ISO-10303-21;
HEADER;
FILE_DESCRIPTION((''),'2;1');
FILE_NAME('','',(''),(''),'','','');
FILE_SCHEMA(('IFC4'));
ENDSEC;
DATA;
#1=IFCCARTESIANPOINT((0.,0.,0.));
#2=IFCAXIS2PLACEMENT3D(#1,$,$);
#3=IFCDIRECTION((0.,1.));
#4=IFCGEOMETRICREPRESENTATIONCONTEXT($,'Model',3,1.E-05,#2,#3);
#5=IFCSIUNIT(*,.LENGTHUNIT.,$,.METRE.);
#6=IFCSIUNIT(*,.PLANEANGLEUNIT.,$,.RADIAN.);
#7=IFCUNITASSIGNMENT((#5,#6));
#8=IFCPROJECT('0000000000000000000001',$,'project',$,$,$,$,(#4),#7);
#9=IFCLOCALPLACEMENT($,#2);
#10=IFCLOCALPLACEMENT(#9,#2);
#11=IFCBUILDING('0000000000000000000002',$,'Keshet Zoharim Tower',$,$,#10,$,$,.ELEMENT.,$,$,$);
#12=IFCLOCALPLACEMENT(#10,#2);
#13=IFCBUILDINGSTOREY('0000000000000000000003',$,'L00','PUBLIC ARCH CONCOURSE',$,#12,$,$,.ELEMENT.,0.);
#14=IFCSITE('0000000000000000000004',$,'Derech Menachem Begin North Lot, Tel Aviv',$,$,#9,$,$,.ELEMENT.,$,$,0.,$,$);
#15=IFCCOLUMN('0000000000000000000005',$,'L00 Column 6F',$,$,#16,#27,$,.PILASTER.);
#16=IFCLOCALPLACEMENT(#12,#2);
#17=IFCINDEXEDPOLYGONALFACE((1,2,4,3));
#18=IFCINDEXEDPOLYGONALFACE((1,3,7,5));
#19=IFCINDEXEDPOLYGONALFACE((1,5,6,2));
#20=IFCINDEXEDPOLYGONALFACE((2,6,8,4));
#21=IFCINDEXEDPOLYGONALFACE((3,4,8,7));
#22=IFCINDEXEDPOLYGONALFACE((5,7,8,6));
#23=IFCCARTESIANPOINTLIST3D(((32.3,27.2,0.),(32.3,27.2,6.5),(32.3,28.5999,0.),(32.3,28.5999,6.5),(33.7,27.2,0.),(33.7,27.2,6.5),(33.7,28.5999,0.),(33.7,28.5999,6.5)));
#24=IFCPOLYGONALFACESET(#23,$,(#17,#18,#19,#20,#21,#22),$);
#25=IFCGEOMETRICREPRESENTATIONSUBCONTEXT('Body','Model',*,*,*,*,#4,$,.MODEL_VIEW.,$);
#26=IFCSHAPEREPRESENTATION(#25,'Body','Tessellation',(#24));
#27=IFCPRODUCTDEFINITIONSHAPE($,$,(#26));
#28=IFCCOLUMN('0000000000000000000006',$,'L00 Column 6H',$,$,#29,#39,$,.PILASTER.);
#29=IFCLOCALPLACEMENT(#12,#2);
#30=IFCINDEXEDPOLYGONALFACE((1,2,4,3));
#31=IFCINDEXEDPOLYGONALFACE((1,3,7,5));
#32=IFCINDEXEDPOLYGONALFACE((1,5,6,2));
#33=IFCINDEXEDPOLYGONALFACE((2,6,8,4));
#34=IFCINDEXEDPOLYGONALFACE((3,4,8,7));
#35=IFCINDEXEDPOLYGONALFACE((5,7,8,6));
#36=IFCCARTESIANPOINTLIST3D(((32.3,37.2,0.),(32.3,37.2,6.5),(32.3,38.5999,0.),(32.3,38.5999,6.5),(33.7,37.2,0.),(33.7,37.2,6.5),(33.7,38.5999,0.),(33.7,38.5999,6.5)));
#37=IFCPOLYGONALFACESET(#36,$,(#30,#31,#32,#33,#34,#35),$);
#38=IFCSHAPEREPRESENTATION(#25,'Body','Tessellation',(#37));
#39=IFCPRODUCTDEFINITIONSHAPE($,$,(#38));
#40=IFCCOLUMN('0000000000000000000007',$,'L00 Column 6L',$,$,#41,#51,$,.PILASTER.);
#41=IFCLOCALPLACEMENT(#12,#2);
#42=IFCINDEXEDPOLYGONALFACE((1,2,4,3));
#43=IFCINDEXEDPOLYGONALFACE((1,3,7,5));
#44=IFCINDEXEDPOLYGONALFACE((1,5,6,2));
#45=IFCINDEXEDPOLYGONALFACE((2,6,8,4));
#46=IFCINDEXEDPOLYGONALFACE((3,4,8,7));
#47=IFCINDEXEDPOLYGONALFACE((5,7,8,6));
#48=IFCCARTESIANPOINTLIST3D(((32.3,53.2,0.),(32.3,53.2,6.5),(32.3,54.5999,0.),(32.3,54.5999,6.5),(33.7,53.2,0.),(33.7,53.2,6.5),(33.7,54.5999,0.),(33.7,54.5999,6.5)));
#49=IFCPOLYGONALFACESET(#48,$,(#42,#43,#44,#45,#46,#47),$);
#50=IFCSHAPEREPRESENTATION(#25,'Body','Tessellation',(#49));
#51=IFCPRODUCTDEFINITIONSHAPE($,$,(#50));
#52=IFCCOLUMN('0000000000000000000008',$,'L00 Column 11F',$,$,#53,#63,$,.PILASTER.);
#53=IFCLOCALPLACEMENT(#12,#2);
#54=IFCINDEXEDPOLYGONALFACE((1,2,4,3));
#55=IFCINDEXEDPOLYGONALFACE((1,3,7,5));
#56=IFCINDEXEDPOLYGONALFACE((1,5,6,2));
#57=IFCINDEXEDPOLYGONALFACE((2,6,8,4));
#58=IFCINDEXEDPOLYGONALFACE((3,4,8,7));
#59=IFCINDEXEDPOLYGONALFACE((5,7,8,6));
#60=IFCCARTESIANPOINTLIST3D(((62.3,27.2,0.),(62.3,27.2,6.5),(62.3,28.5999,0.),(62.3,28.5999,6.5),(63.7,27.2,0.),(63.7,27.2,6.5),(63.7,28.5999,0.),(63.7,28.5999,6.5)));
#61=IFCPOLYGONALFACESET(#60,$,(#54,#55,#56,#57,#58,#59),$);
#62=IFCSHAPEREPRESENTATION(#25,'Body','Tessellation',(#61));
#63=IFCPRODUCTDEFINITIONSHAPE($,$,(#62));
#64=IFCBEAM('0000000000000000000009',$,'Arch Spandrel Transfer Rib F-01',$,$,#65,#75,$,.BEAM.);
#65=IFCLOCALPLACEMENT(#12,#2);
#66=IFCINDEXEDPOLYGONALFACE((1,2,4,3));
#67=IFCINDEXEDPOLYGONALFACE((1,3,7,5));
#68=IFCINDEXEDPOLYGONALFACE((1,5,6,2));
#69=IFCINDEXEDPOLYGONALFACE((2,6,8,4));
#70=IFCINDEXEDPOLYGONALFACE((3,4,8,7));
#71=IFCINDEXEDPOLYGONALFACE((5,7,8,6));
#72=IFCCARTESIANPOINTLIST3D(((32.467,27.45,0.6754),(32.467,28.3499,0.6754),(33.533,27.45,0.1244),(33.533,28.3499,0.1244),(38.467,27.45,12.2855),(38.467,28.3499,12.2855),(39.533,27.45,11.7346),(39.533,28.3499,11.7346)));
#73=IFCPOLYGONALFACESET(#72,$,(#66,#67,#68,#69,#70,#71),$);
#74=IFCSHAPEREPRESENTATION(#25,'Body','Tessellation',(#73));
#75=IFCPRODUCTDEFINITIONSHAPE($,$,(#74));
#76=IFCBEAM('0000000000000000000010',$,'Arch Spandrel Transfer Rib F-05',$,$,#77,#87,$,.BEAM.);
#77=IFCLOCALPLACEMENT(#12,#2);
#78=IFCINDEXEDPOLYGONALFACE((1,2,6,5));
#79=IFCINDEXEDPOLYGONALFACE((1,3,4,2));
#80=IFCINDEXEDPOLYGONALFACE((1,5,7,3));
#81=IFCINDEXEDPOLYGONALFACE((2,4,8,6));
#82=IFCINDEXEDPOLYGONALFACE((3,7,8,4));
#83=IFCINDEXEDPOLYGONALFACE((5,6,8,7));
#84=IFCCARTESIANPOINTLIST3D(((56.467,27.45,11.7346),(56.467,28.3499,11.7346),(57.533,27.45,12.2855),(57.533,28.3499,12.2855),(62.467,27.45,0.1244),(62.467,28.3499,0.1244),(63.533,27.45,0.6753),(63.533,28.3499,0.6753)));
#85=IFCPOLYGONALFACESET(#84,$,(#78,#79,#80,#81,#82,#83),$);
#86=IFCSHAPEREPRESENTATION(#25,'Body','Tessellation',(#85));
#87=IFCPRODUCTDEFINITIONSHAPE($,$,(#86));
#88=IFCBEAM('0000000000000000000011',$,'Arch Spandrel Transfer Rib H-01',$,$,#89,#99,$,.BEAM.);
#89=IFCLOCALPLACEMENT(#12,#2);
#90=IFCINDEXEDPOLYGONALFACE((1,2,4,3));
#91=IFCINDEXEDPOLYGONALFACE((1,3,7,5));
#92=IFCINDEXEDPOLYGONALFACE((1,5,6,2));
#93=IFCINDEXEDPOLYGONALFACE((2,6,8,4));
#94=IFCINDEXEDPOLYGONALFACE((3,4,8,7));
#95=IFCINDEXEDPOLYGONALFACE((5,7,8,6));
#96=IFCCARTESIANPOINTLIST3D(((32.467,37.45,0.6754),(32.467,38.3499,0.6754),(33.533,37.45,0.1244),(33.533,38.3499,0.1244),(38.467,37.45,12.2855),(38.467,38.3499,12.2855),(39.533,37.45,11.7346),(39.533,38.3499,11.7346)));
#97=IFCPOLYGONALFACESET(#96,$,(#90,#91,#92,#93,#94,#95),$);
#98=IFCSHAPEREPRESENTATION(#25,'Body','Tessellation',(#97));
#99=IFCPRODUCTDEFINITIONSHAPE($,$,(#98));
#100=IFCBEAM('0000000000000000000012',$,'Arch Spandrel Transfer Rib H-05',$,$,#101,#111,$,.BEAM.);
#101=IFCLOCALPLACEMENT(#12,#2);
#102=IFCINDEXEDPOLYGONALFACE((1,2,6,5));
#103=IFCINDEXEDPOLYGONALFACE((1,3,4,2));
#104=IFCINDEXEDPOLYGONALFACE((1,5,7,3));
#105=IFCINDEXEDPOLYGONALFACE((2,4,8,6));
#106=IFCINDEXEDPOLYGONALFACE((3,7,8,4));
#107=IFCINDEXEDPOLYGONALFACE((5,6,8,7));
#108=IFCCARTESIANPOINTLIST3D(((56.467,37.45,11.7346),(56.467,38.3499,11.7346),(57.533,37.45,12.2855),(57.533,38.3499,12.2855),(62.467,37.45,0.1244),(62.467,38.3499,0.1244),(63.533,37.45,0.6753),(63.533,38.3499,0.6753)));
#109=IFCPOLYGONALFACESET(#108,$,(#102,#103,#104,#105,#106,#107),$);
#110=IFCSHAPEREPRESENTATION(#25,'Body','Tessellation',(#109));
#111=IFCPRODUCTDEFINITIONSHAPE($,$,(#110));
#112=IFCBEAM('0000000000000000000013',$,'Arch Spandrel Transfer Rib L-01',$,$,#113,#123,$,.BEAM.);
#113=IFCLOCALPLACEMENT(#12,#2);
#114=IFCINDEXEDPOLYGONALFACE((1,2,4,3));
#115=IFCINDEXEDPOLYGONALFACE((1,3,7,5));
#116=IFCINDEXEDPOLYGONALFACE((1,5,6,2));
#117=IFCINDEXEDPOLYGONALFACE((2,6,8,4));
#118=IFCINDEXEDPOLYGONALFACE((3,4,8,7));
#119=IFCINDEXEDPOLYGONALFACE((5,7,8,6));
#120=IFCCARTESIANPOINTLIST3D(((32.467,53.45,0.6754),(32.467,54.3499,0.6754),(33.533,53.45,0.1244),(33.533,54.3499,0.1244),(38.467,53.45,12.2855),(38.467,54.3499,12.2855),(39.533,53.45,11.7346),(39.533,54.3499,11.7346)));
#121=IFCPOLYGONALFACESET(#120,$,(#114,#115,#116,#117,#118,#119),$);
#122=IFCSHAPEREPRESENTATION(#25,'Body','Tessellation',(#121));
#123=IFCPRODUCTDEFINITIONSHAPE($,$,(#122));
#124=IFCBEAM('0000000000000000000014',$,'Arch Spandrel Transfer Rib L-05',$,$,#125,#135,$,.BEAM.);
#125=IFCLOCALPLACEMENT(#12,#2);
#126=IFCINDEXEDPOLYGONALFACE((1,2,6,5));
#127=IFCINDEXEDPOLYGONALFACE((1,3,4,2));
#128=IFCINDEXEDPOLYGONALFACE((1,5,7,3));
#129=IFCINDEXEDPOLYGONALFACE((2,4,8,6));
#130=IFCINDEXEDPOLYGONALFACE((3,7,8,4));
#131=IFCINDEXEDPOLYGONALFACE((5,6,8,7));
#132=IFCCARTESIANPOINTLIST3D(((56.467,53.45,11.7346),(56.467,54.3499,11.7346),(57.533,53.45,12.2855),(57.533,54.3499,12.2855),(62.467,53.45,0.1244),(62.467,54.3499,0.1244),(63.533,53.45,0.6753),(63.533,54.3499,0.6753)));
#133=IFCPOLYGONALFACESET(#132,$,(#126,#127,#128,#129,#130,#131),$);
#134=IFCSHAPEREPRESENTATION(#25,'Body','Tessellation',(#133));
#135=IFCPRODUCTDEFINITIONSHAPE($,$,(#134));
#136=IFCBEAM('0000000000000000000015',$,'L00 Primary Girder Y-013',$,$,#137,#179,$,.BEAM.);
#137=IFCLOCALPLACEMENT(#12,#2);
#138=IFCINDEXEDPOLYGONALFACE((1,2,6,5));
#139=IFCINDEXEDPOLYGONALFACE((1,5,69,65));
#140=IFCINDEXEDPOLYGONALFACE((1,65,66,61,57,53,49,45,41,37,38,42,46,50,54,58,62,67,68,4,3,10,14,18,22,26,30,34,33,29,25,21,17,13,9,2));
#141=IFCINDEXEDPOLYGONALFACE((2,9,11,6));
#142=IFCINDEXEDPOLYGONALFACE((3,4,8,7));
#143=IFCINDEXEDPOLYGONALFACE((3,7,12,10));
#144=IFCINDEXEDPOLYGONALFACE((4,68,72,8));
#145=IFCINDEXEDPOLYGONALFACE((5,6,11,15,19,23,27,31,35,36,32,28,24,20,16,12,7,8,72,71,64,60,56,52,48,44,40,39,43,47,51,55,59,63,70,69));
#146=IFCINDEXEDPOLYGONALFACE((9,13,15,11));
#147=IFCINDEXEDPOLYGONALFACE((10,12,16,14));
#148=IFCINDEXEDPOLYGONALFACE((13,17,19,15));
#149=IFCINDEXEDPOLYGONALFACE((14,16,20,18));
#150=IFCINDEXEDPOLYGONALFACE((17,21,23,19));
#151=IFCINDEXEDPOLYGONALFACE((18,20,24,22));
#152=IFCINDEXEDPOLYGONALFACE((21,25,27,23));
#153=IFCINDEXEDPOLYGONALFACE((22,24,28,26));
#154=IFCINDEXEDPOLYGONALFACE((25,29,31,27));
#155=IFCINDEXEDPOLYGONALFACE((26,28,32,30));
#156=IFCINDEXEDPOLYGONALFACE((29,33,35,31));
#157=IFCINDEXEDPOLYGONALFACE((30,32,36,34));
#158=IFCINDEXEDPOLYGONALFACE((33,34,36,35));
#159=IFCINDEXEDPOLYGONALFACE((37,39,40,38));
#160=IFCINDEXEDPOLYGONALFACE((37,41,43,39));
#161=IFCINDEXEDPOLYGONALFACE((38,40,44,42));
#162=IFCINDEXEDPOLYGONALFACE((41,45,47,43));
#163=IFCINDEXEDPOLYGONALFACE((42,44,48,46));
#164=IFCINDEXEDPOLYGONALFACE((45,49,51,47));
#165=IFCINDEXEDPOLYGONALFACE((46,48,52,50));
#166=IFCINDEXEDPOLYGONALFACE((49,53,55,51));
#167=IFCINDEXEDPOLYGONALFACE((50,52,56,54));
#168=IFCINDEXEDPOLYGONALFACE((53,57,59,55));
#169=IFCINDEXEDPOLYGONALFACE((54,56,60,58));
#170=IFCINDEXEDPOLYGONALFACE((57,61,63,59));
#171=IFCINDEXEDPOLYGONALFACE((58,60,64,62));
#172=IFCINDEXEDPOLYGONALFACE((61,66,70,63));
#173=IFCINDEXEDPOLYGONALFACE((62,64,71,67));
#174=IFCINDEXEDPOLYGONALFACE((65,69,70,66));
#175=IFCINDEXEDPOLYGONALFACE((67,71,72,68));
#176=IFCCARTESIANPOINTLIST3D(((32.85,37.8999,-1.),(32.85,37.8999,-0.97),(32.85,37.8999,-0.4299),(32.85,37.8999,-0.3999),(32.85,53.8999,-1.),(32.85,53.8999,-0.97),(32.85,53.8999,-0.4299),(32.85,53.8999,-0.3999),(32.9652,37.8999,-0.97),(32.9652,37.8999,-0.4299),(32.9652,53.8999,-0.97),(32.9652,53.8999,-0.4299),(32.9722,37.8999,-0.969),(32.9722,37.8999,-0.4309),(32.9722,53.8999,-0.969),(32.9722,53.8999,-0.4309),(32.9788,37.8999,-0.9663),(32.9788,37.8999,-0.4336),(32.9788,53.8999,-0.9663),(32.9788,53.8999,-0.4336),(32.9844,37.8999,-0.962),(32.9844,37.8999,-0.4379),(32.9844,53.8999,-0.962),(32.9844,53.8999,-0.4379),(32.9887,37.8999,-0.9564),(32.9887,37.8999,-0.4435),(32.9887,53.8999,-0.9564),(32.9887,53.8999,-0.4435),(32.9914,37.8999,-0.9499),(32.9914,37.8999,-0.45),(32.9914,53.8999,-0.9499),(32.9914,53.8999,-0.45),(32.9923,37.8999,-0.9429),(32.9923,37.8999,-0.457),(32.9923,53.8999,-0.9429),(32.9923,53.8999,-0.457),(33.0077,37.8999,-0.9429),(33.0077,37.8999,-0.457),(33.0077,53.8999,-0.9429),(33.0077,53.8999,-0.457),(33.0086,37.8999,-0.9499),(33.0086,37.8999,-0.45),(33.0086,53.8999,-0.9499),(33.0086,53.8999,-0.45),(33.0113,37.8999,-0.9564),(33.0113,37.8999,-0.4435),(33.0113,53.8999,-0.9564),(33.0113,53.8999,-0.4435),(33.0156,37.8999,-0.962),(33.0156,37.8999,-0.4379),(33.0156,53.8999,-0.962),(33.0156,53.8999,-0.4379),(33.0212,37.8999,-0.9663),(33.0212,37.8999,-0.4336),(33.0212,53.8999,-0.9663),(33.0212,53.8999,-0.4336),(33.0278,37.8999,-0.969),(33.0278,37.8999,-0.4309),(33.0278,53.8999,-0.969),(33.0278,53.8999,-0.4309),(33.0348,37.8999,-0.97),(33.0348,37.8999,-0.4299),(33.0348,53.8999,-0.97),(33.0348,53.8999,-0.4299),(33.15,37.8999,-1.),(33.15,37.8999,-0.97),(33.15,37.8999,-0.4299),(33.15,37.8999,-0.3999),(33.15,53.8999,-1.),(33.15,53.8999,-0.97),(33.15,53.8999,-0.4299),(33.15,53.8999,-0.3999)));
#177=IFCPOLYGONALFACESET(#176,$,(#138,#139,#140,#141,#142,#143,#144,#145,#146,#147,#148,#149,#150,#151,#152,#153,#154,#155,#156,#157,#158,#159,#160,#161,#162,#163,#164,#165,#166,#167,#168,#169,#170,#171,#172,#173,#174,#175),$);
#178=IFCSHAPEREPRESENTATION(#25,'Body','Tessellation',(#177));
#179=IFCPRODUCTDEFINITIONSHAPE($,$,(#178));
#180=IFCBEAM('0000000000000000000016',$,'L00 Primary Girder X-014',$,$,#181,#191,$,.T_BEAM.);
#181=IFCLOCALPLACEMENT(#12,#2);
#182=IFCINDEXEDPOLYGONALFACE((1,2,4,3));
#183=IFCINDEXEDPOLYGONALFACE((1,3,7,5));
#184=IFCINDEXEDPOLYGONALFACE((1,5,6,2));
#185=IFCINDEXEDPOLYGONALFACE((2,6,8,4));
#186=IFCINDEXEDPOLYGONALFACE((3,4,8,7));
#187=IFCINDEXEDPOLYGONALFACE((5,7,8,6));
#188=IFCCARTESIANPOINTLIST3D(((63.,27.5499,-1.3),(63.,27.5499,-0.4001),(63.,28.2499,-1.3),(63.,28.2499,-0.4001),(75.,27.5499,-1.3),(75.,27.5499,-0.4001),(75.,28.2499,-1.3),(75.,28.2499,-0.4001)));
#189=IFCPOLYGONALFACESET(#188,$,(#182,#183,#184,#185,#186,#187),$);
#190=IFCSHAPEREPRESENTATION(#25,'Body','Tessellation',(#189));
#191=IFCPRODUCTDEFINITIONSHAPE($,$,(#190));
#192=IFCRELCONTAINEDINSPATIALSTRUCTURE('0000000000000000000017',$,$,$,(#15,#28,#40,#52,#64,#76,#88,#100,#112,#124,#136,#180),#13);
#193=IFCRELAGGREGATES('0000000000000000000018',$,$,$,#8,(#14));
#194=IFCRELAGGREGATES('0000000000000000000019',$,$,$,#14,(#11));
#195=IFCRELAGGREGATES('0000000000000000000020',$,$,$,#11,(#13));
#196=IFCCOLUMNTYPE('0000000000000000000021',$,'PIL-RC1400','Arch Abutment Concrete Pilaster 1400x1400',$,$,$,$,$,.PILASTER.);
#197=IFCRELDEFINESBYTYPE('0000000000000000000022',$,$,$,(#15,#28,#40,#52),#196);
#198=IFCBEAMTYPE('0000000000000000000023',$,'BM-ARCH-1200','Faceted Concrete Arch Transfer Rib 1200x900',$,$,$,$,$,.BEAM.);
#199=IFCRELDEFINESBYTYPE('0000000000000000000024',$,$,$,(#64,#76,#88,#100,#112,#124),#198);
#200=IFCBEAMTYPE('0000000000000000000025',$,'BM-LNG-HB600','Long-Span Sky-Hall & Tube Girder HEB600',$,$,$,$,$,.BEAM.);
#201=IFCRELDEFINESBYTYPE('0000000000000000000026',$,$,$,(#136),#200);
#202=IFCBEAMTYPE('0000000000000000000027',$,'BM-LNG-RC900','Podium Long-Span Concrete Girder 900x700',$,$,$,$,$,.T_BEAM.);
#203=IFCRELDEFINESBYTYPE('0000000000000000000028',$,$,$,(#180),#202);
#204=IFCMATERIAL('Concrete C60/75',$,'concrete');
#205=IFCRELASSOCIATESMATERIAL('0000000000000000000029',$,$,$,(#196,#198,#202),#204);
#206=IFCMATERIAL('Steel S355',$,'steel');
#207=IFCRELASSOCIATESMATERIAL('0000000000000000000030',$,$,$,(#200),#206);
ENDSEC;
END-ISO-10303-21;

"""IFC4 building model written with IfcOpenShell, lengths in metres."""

from ifc_helpers import new_model, si_unit, direction, frame, origin, origin_2d, place, context, subcontext, project, spatial, rectangle, i_section, extrude, material, material_profile, profile_set, type_object, element, save


model = new_model("IFC4")

# Units and contexts
model_context = context("Model", 3, precision=1e-05, world=origin(), true_north=direction((0.0, 1.0)))
body_context = subcontext(model_context, "Body", "Model", "MODEL_VIEW")
ifc_project = project(units=[si_unit("LENGTHUNIT", "METRE"), si_unit("PLANEANGLEUNIT", "RADIAN")], contexts=[model_context])

# Site, building, storey
site_placement = place(None, origin())
site = spatial("IfcSite", under=ifc_project, at=site_placement, Name="Derech Menachem Begin North Lot, Tel Aviv", CompositionType="ELEMENT", RefElevation=0.0)
building_placement = place(site_placement, origin())
building = spatial("IfcBuilding", under=site, at=building_placement, Name="Keshet Zoharim Tower", CompositionType="ELEMENT")
storey_placement = place(building_placement, origin())
storey = spatial("IfcBuildingStorey", under=building, at=storey_placement, Name="L00", Description="PUBLIC ARCH CONCOURSE", CompositionType="ELEMENT", Elevation=0.0)

# Columns
ifc_material_1 = material(Name="Concrete C60/75", Category="concrete")
ifc_material_profile_1 = material_profile(ifc_material_1, rectangle(XDim=1.3999, YDim=1.3999, at=origin_2d()), Name="RC1400x1400")
ifc_profile_set_1 = profile_set([ifc_material_profile_1], Name="Concrete C60/75")
column_type = type_object("IfcColumnType", Name="PIL-RC1400", Description="Arch Abutment Concrete Pilaster 1400x1400", PredefinedType="PILASTER", material=ifc_profile_set_1)
for number, where, z_axis, x_axis, name in (
    (1, (33.0, 27.8999, 0.0), (0.0, 0.0, 1.0), (1.0, 0.0, 0.0), "L00 Column 6F"),
    (2, (33.0, 37.8999, 0.0), (0.0, 0.0, 1.0), (1.0, 0.0, 0.0), "L00 Column 6H"),
    (3, (33.0, 53.8999, 0.0), (0.0, 0.0, 1.0), (1.0, 0.0, 0.0), "L00 Column 6L"),
    (4, (63.0, 27.8999, 0.0), (0.0, 0.0, 1.0), (1.0, 0.0, 0.0), "L00 Column 11F"),
):
    element("IfcColumn", number, at=place(storey_placement, frame(where, z_axis=z_axis, x_axis=x_axis)), inside=storey, type_object=column_type, Name=name, PredefinedType="PILASTER", context=body_context, shape_type="SweptSolid", body=[
        extrude(rectangle(XDim=1.3999, YDim=1.3999, at=origin_2d()), origin(), (0.0, 0.0, 1.0), 6.5),
    ])

# Beams
ifc_material_profile_2 = material_profile(ifc_material_1, rectangle(XDim=0.8999, YDim=1.2, at=origin_2d()), Name="RC1200x900")
ifc_profile_set_2 = profile_set([ifc_material_profile_2], Name="Concrete C60/75")
beam_type_1 = type_object("IfcBeamType", Name="BM-ARCH-1200", Description="Faceted Concrete Arch Transfer Rib 1200x900", PredefinedType="BEAM", material=ifc_profile_set_2)
for number, where, z_axis, x_axis, name in (
    (5, (33.0, 27.8999, 0.3999), (0.459107, 0.0, 0.888381), (0.0, 1.0, 0.0), "Arch Spandrel Transfer Rib F-01"),
    (6, (57.0, 27.8999, 12.01), (0.459107, 0.0, -0.888381), (0.0, 1.0, 0.0), "Arch Spandrel Transfer Rib F-05"),
    (7, (33.0, 37.8999, 0.3999), (0.459107, 0.0, 0.888381), (0.0, 1.0, 0.0), "Arch Spandrel Transfer Rib H-01"),
    (8, (57.0, 37.8999, 12.01), (0.459107, 0.0, -0.888381), (0.0, 1.0, 0.0), "Arch Spandrel Transfer Rib H-05"),
    (9, (33.0, 53.8999, 0.3999), (0.459107, 0.0, 0.888381), (0.0, 1.0, 0.0), "Arch Spandrel Transfer Rib L-01"),
    (10, (57.0, 53.8999, 12.01), (0.459107, 0.0, -0.888381), (0.0, 1.0, 0.0), "Arch Spandrel Transfer Rib L-05"),
):
    element("IfcBeam", number, at=place(storey_placement, frame(where, z_axis=z_axis, x_axis=x_axis)), inside=storey, type_object=beam_type_1, Name=name, PredefinedType="BEAM", context=body_context, shape_type="SweptSolid", body=[
        extrude(rectangle(XDim=0.8999, YDim=1.2, at=origin_2d()), origin(), (0.0, 0.0, 1.0), 13.0688),
    ])
ifc_material_2 = material(Name="Steel S355", Category="steel")
ifc_material_profile_3 = material_profile(ifc_material_2, i_section(OverallWidth=0.3, OverallDepth=0.6001, WebThickness=0.0154, FlangeThickness=0.03, FilletRadius=0.0271, at=origin_2d()), Name="HEB600")
ifc_profile_set_3 = profile_set([ifc_material_profile_3], Name="Steel S355")
beam_type_2 = type_object("IfcBeamType", Name="BM-LNG-HB600", Description="Long-Span Sky-Hall & Tube Girder HEB600", PredefinedType="BEAM", material=ifc_profile_set_3)
beam_1_placement = place(storey_placement, frame((33.0, 37.8999, -0.7), z_axis=(0.0, 1.0, 0.0), x_axis=(-1.0, 0.0, 0.0)))
element("IfcBeam", 11, at=beam_1_placement, inside=storey, type_object=beam_type_2, Name="L00 Primary Girder Y-013", PredefinedType="BEAM", context=body_context, shape_type="SweptSolid", body=[
    extrude(i_section(OverallWidth=0.3, OverallDepth=0.6001, WebThickness=0.0154, FlangeThickness=0.03, FilletRadius=0.0271, at=origin_2d()), origin(), (0.0, 0.0, 1.0), 16.0),
])
ifc_material_profile_4 = material_profile(ifc_material_1, rectangle(XDim=0.7, YDim=0.8999, at=origin_2d()), Name="RC900x700")
ifc_profile_set_4 = profile_set([ifc_material_profile_4], Name="Concrete C60/75")
beam_type_3 = type_object("IfcBeamType", Name="BM-LNG-RC900", Description="Podium Long-Span Concrete Girder 900x700", PredefinedType="T_BEAM", material=ifc_profile_set_4)
beam_2_placement = place(storey_placement, frame((63.0, 27.8999, -0.8501), z_axis=(1.0, 0.0, 0.0), x_axis=(0.0, 1.0, 0.0)))
element("IfcBeam", 12, at=beam_2_placement, inside=storey, type_object=beam_type_3, Name="L00 Primary Girder X-014", PredefinedType="T_BEAM", context=body_context, shape_type="SweptSolid", body=[
    extrude(rectangle(XDim=0.7, YDim=0.8999, at=origin_2d()), origin(), (0.0, 0.0, 1.0), 12.0),
])

save(model, "model.ifc")
